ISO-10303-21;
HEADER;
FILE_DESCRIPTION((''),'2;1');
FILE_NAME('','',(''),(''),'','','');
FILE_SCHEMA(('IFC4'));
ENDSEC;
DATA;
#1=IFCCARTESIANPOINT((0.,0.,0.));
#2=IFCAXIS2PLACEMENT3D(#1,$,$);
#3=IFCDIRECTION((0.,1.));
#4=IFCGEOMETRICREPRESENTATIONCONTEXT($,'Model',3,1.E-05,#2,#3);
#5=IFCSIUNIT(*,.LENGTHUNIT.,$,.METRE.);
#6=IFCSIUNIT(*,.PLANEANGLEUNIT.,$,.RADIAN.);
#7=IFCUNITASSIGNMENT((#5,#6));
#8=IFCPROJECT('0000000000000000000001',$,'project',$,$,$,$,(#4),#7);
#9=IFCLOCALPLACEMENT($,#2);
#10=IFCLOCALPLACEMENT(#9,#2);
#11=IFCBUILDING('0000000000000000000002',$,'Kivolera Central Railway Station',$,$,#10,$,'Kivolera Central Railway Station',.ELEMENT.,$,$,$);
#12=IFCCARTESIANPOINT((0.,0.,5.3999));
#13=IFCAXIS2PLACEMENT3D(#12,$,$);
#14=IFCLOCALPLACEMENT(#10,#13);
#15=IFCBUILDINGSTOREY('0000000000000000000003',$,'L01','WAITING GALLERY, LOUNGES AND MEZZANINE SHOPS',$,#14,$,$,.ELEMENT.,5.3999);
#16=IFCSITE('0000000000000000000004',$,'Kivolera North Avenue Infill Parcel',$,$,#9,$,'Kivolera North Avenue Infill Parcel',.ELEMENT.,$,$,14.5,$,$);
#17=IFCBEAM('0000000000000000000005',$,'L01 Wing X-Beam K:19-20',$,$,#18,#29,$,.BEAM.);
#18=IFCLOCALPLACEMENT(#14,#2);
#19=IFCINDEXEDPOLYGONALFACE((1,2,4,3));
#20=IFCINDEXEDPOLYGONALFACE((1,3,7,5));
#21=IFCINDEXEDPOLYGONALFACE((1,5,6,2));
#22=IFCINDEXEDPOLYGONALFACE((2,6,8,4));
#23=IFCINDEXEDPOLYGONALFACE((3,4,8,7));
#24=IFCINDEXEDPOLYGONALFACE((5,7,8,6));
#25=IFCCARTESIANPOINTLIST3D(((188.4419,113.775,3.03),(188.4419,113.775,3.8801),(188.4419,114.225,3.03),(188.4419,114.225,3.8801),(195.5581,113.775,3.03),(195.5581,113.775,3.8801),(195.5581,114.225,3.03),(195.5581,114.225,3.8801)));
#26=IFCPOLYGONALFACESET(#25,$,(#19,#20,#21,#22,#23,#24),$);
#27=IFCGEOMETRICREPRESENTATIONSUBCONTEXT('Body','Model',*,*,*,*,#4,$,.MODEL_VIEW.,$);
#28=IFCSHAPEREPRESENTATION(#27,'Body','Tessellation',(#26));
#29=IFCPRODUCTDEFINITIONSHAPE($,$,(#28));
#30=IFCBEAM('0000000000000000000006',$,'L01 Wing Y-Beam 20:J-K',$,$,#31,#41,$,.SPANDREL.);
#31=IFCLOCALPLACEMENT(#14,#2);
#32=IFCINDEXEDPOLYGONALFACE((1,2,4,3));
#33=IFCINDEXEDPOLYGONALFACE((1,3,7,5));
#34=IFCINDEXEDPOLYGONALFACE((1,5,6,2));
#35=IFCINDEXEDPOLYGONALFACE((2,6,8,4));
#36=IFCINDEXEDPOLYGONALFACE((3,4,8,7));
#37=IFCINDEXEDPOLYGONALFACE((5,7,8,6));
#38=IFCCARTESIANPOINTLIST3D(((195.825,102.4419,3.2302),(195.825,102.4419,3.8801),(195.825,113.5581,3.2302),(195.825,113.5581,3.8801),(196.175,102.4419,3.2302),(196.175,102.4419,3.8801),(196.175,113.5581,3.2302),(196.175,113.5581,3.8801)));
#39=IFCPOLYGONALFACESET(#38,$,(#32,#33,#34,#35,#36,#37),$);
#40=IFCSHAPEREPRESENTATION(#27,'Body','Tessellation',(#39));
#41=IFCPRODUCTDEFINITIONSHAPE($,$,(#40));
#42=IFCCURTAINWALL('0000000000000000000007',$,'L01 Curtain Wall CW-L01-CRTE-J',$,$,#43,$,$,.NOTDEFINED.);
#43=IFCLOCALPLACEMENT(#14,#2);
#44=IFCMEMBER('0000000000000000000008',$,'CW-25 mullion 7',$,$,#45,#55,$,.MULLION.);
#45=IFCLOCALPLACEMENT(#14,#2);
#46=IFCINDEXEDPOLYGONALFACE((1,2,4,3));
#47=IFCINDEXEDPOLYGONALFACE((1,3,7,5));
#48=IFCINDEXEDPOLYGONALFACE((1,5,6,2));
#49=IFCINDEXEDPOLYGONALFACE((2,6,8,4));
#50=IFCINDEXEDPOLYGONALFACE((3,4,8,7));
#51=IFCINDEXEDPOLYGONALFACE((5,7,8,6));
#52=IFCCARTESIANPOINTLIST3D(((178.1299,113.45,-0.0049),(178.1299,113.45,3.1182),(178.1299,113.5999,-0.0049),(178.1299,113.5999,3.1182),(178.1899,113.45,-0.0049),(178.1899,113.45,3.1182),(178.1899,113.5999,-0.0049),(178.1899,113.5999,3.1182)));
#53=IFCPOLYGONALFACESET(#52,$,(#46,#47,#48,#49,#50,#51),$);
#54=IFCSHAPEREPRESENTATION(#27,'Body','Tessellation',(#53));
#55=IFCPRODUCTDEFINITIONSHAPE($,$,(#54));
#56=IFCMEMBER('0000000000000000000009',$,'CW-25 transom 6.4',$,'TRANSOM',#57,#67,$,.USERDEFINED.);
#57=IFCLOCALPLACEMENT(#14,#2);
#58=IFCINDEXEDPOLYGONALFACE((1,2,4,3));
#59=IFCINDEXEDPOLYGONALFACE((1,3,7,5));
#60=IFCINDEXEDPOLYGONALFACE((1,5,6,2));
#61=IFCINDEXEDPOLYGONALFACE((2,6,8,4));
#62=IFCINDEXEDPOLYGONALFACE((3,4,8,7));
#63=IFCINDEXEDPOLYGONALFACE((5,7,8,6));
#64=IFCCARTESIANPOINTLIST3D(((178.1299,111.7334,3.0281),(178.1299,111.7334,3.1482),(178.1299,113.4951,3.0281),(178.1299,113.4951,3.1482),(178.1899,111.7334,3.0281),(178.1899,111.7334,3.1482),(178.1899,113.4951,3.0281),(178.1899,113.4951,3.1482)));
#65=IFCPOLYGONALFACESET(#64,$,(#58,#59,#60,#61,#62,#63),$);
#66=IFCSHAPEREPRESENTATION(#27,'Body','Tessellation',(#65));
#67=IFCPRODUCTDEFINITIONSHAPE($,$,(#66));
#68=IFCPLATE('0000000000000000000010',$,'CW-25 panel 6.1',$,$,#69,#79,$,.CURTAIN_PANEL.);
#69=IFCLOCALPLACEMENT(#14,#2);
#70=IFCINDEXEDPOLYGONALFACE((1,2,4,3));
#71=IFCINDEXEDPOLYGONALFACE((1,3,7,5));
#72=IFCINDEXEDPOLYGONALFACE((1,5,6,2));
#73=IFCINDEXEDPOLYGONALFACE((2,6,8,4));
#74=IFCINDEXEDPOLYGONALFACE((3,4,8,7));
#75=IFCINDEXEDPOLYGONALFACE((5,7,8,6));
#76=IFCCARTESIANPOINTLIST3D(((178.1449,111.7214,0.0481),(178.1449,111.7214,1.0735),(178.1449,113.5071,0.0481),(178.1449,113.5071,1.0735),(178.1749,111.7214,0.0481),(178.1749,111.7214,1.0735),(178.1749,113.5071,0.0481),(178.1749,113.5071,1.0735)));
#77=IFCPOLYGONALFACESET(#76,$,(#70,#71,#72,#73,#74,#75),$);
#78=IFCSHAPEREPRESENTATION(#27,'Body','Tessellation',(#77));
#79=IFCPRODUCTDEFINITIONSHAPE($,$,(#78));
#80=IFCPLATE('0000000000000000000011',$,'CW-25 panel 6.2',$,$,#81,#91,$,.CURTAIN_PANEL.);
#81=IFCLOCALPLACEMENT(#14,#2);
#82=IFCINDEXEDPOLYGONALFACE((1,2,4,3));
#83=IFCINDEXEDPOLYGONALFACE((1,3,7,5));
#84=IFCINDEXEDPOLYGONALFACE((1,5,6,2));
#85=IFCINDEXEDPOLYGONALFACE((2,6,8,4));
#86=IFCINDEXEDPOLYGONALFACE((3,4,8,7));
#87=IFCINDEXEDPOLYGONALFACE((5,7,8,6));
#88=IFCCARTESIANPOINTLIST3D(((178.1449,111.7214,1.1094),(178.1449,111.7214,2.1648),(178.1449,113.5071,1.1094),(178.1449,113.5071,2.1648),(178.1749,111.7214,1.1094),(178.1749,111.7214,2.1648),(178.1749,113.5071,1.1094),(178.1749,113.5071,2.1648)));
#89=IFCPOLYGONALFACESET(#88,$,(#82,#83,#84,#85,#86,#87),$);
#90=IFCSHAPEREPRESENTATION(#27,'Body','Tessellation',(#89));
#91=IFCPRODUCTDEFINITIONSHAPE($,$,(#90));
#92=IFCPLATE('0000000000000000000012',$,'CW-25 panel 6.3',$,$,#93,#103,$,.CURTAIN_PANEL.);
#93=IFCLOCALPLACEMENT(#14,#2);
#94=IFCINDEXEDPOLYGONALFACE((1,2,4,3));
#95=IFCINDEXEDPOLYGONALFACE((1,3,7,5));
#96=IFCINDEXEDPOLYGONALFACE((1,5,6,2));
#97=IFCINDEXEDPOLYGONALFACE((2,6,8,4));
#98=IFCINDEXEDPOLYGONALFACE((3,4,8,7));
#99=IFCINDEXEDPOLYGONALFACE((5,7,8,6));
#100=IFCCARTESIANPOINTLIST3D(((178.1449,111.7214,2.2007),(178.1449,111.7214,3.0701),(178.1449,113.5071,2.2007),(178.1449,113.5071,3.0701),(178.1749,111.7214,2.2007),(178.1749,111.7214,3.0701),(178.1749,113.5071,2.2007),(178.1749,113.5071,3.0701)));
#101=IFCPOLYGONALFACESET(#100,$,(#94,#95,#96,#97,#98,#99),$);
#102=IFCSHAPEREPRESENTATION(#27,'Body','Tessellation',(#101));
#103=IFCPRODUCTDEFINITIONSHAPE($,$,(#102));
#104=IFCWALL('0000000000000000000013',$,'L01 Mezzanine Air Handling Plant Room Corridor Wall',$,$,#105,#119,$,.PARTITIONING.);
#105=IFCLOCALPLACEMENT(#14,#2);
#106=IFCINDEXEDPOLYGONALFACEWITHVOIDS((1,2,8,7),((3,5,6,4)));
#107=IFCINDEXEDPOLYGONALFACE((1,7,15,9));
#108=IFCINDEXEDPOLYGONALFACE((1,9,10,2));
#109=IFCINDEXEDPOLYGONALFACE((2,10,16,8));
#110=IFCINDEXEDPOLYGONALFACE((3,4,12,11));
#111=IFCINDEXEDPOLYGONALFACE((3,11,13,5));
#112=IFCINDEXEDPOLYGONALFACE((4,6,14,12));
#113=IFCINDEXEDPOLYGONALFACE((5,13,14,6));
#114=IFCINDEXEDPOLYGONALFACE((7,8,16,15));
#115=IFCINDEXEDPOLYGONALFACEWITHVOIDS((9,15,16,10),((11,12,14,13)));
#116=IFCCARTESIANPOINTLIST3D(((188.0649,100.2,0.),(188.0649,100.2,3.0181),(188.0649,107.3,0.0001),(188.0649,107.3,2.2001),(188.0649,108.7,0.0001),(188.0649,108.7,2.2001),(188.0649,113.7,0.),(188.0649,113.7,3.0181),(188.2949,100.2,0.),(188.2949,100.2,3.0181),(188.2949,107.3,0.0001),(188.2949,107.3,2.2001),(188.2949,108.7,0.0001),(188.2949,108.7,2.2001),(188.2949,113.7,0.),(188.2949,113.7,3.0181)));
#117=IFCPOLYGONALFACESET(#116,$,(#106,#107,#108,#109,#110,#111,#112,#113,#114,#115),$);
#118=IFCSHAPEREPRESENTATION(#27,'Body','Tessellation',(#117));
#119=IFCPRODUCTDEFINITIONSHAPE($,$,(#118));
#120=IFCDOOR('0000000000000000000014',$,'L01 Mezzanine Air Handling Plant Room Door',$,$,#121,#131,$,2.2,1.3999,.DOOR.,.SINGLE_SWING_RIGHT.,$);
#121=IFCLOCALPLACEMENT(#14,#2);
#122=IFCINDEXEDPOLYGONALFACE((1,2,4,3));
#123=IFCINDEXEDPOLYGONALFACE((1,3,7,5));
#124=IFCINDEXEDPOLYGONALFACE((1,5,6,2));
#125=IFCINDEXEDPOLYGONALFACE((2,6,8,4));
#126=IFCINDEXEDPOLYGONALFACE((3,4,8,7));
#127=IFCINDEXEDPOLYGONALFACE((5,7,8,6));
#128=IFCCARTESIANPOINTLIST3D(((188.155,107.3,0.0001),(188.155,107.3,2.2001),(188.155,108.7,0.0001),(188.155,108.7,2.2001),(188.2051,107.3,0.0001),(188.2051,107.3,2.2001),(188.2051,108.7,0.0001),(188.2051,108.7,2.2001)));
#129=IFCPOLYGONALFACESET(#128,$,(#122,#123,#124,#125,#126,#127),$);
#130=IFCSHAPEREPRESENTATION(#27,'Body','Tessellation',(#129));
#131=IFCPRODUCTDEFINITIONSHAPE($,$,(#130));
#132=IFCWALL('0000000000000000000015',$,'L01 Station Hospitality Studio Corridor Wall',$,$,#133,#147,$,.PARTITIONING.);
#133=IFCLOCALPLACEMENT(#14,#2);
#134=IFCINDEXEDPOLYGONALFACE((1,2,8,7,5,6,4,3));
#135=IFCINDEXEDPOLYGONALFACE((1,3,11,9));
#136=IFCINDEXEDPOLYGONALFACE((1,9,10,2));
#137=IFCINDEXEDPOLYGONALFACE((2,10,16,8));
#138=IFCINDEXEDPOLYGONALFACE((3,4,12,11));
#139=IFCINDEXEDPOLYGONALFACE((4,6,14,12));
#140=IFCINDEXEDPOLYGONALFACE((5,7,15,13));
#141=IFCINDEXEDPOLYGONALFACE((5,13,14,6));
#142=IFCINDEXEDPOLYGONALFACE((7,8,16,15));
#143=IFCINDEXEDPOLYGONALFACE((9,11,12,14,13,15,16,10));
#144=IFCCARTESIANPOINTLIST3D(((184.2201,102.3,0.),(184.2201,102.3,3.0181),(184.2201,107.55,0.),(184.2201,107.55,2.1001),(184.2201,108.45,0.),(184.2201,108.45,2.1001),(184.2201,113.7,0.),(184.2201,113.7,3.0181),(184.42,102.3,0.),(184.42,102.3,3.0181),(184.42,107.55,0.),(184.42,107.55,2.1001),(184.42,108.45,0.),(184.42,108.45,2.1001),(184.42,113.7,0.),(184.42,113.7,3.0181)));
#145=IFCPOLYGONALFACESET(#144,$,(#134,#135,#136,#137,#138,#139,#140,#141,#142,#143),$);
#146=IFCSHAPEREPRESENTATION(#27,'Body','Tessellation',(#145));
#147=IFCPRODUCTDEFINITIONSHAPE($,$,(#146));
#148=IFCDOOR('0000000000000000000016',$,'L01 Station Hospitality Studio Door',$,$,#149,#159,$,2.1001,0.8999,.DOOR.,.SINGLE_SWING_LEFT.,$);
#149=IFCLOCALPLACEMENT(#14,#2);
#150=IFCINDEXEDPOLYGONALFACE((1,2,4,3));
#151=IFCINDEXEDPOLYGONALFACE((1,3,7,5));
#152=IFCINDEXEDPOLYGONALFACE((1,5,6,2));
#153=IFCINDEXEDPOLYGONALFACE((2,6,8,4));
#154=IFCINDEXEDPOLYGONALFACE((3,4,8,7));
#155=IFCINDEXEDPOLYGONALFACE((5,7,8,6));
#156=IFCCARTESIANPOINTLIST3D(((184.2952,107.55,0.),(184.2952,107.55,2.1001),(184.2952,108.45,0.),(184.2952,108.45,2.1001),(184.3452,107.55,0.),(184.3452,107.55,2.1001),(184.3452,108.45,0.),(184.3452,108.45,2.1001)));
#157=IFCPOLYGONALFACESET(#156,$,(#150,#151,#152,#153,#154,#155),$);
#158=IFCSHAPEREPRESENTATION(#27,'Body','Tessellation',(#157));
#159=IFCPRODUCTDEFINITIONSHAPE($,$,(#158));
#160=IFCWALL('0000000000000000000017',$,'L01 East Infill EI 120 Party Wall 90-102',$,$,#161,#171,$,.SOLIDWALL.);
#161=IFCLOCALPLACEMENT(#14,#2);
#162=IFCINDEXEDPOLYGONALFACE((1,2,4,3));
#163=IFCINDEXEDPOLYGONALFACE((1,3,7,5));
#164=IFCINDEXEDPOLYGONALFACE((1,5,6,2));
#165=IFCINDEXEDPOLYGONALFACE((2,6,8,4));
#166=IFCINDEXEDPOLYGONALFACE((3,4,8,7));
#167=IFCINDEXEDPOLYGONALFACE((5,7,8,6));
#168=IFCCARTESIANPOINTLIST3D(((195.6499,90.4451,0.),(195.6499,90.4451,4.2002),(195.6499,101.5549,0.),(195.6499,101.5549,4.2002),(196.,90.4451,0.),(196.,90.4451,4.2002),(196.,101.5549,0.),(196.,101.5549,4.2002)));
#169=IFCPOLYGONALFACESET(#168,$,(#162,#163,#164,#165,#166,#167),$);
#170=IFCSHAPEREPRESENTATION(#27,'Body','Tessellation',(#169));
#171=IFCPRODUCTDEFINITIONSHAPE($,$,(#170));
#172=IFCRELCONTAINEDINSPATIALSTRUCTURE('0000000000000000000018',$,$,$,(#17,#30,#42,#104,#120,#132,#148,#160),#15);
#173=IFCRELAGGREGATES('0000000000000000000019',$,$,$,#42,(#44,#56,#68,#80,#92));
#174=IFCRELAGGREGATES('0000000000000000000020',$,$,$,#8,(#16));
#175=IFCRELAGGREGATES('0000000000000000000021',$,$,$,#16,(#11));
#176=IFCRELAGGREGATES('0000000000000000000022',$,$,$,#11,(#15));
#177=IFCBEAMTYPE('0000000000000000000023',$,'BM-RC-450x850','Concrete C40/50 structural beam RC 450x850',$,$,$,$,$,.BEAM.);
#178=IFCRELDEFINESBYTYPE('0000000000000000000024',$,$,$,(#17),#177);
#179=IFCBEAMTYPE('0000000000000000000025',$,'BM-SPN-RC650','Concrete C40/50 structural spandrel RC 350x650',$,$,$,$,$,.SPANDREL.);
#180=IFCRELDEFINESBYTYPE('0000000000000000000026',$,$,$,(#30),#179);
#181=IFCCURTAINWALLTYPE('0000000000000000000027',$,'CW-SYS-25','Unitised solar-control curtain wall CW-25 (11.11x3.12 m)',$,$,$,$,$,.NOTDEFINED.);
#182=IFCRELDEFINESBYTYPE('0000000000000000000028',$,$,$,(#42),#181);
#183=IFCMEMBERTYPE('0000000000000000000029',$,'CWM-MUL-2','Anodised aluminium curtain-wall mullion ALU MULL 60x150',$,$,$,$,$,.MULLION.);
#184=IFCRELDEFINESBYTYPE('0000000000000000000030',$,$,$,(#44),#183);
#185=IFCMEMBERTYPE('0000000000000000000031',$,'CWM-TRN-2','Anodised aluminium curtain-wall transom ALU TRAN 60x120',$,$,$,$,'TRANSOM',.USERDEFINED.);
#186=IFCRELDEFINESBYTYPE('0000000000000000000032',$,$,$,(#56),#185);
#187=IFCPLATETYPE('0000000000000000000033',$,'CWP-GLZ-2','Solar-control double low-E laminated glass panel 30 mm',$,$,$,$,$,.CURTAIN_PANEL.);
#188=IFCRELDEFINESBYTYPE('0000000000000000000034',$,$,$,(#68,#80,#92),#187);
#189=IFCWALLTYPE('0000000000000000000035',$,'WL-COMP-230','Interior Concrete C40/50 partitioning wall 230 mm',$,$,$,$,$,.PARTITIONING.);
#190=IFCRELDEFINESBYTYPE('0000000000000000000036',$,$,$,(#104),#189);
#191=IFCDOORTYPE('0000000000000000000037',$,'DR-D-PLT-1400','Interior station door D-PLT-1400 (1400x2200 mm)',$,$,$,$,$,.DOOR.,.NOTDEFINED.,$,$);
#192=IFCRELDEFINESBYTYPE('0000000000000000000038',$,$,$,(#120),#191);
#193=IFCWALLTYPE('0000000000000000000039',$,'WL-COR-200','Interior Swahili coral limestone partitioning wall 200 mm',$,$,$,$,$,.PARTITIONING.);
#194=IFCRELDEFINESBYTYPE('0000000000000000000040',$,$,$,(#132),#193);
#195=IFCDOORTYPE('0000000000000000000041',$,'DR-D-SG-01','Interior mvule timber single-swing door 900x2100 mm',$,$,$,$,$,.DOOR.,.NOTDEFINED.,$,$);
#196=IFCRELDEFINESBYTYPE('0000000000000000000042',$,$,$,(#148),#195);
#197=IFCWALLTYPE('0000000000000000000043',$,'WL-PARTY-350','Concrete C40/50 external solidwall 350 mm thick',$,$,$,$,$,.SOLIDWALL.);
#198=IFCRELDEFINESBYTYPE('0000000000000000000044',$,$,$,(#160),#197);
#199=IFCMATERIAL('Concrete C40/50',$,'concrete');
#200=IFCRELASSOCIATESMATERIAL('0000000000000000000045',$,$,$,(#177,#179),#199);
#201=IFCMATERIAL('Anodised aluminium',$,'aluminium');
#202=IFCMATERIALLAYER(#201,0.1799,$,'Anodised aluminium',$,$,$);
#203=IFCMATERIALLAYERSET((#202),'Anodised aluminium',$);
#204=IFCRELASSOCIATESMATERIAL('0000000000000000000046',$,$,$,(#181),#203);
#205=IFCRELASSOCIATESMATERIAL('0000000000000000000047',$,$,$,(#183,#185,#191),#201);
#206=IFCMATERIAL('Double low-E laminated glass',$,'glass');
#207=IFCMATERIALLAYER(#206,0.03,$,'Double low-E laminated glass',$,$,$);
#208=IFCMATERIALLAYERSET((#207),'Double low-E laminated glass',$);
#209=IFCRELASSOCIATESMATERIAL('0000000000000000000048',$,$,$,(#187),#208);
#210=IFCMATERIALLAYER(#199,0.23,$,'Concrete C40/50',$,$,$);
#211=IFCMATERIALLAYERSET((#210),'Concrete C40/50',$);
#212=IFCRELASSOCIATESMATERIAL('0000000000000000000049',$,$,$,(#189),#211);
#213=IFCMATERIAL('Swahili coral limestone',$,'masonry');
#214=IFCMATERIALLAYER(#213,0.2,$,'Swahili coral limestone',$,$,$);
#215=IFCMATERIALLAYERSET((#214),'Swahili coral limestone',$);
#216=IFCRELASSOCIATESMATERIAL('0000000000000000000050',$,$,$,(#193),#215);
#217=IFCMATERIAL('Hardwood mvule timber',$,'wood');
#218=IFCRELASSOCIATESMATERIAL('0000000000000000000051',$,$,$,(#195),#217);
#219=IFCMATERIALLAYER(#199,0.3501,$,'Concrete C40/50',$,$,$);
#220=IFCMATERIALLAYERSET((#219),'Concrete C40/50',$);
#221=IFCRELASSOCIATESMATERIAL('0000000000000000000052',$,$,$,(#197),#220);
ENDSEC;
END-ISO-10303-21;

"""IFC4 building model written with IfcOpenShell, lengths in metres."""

from ifc_helpers import new_model, si_unit, direction, frame, frame_2d, origin, origin_2d, place, context, subcontext, project, spatial, rectangle, extrude, material, layer, layer_set, material_profile, profile_set, type_object, element, fill, aggregate, save


model = new_model("IFC4")

# Units and contexts
model_context = context("Model", 3, precision=1e-05, world=origin(), true_north=direction((0.0, 1.0)))
body_context = subcontext(model_context, "Body", "Model", "MODEL_VIEW")
ifc_project = project(units=[si_unit("LENGTHUNIT", "METRE"), si_unit("PLANEANGLEUNIT", "RADIAN")], contexts=[model_context])

# Site, building, storey
site_placement = place(None, origin())
site = spatial("IfcSite", under=ifc_project, at=site_placement, Name="Kivolera North Avenue Infill Parcel", LongName="Kivolera North Avenue Infill Parcel", CompositionType="ELEMENT", RefElevation=14.5)
building_placement = place(site_placement, origin())
building = spatial("IfcBuilding", under=site, at=building_placement, Name="Kivolera Central Railway Station", LongName="Kivolera Central Railway Station", CompositionType="ELEMENT")
storey_placement = place(building_placement, frame((0.0, 0.0, 5.3999)))
storey = spatial("IfcBuildingStorey", under=building, at=storey_placement, Name="L01", Description="WAITING GALLERY, LOUNGES AND MEZZANINE SHOPS", CompositionType="ELEMENT", Elevation=5.3999)

# Shared definitions
ifc_material_1 = material(Name="Concrete C40/50", Category="concrete")

# Beams
ifc_material_profile_1 = material_profile(ifc_material_1, rectangle(XDim=0.45, YDim=0.8501, at=origin_2d()), Name="RC 450x850")
ifc_profile_set_1 = profile_set([ifc_material_profile_1], Name="Concrete C40/50")
beam_type_1 = type_object("IfcBeamType", Name="BM-RC-450x850", Description="Concrete C40/50 structural beam RC 450x850", PredefinedType="BEAM", material=ifc_profile_set_1)
beam_1_placement = place(storey_placement, frame((188.4419, 114.0, 3.4551), z_axis=(1.0, 0.0, 0.0), x_axis=(0.0, 1.0, 0.0)))
element("IfcBeam", 1, at=beam_1_placement, inside=storey, type_object=beam_type_1, Name="L01 Wing X-Beam K:19-20", PredefinedType="BEAM", context=body_context, shape_type="SweptSolid", body=[
    extrude(rectangle(XDim=0.45, YDim=0.8501, at=origin_2d()), origin(), (0.0, 0.0, 1.0), 7.1162),
])
ifc_material_profile_2 = material_profile(ifc_material_1, rectangle(XDim=0.3501, YDim=0.6499, at=origin_2d()), Name="RC 350x650")
ifc_profile_set_2 = profile_set([ifc_material_profile_2], Name="Concrete C40/50")
beam_type_2 = type_object("IfcBeamType", Name="BM-SPN-RC650", Description="Concrete C40/50 structural spandrel RC 350x650", PredefinedType="SPANDREL", material=ifc_profile_set_2)
beam_2_placement = place(storey_placement, frame((196.0, 102.4419, 3.5552), z_axis=(0.0, 1.0, 0.0), x_axis=(-1.0, 0.0, 0.0)))
element("IfcBeam", 2, at=beam_2_placement, inside=storey, type_object=beam_type_2, Name="L01 Wing Y-Beam 20:J-K", PredefinedType="SPANDREL", context=body_context, shape_type="SweptSolid", body=[
    extrude(rectangle(XDim=0.3501, YDim=0.6499, at=origin_2d()), origin(), (0.0, 0.0, 1.0), 11.1162),
])

# Curtain wall, members, plates
ifc_material_2 = material(Name="Anodised aluminium", Category="aluminium")
ifc_layer_1 = layer(ifc_material_2, 0.1799, Name="Anodised aluminium")
ifc_layer_set_1 = layer_set([ifc_layer_1], Name="Anodised aluminium")
curtain_wall_type = type_object("IfcCurtainWallType", Name="CW-SYS-25", Description="Unitised solar-control curtain wall CW-25 (11.11x3.12 m)", PredefinedType="NOTDEFINED", material=ifc_layer_set_1)
curtain_wall_placement = place(storey_placement, origin())
curtain_wall = element("IfcCurtainWall", 3, at=curtain_wall_placement, inside=storey, type_object=curtain_wall_type, Name="L01 Curtain Wall CW-L01-CRTE-J", PredefinedType="NOTDEFINED")
ifc_material_profile_3 = material_profile(ifc_material_2, rectangle(XDim=0.0601, YDim=0.1499, at=origin_2d()), Name="ALU MULL 60x150")
ifc_profile_set_3 = profile_set([ifc_material_profile_3], Name="Anodised aluminium")
member_type_1 = type_object("IfcMemberType", Name="CWM-MUL-2", Description="Anodised aluminium curtain-wall mullion ALU MULL 60x150", PredefinedType="MULLION", material=ifc_profile_set_3)
member_1_placement = place(storey_placement, frame((178.1599, 113.5249, -0.0049), z_axis=(0.0, 0.0, 1.0), x_axis=(-1.0, 0.0, 0.0)))
member_1 = element("IfcMember", 4, at=member_1_placement, type_object=member_type_1, Name="CW-25 mullion 7", PredefinedType="MULLION", context=body_context, shape_type="SweptSolid", body=[
    extrude(rectangle(XDim=0.0601, YDim=0.1499, at=origin_2d()), origin(), (0.0, 0.0, 1.0), 3.123),
])
ifc_material_profile_4 = material_profile(ifc_material_2, rectangle(XDim=0.0601, YDim=0.1201, at=origin_2d()), Name="ALU TRAN 60x120")
ifc_profile_set_4 = profile_set([ifc_material_profile_4], Name="Anodised aluminium")
member_type_2 = type_object("IfcMemberType", Name="CWM-TRN-2", Description="Anodised aluminium curtain-wall transom ALU TRAN 60x120", ElementType="TRANSOM", PredefinedType="USERDEFINED", material=ifc_profile_set_4)
member_2_placement = place(storey_placement, frame((178.1599, 111.7334, 3.0881), z_axis=(0.0, 1.0, 0.0), x_axis=(-1.0, 0.0, 0.0)))
member_2 = element("IfcMember", 5, at=member_2_placement, type_object=member_type_2, Name="CW-25 transom 6.4", ObjectType="TRANSOM", PredefinedType="USERDEFINED", context=body_context, shape_type="SweptSolid", body=[
    extrude(rectangle(XDim=0.0601, YDim=0.1201, at=origin_2d()), origin(), (0.0, 0.0, 1.0), 1.7617),
])
ifc_material_3 = material(Name="Double low-E laminated glass", Category="glass")
ifc_layer_2 = layer(ifc_material_3, 0.03, Name="Double low-E laminated glass")
ifc_layer_set_2 = layer_set([ifc_layer_2], Name="Double low-E laminated glass")
plate_type = type_object("IfcPlateType", Name="CWP-GLZ-2", Description="Solar-control double low-E laminated glass panel 30 mm", PredefinedType="CURTAIN_PANEL", material=ifc_layer_set_2)
plate_1_placement = place(storey_placement, frame((178.1599, 112.6143, 0.0481), z_axis=(0.0, 0.0, 1.0), x_axis=(0.0, 1.0, 0.0)))
plate_1 = element("IfcPlate", 6, at=plate_1_placement, type_object=plate_type, Name="CW-25 panel 6.1", PredefinedType="CURTAIN_PANEL", context=body_context, shape_type="SweptSolid", body=[
    extrude(rectangle(XDim=1.7856, YDim=0.03, at=origin_2d()), origin(), (0.0, 0.0, 1.0), 1.0254),
])
plate_2_placement = place(storey_placement, frame((178.1599, 112.6143, 1.1094), z_axis=(0.0, 0.0, 1.0), x_axis=(0.0, 1.0, 0.0)))
plate_2 = element("IfcPlate", 7, at=plate_2_placement, type_object=plate_type, Name="CW-25 panel 6.2", PredefinedType="CURTAIN_PANEL", context=body_context, shape_type="SweptSolid", body=[
    extrude(rectangle(XDim=1.7856, YDim=0.03, at=origin_2d()), origin(), (0.0, 0.0, 1.0), 1.0554),
])
plate_3_placement = place(storey_placement, frame((178.1599, 112.6143, 2.2007), z_axis=(0.0, 0.0, 1.0), x_axis=(0.0, 1.0, 0.0)))
plate_3 = element("IfcPlate", 8, at=plate_3_placement, type_object=plate_type, Name="CW-25 panel 6.3", PredefinedType="CURTAIN_PANEL", context=body_context, shape_type="SweptSolid", body=[
    extrude(rectangle(XDim=1.7856, YDim=0.03, at=origin_2d()), origin(), (0.0, 0.0, 1.0), 0.8694),
])
aggregate(curtain_wall, [member_1, member_2, plate_1, plate_2, plate_3])

# Walls, openings, doors
ifc_layer_3 = layer(ifc_material_1, 0.23, Name="Concrete C40/50")
ifc_layer_set_3 = layer_set([ifc_layer_3], Name="Concrete C40/50")
wall_type_1 = type_object("IfcWallType", Name="WL-COMP-230", Description="Interior Concrete C40/50 partitioning wall 230 mm", PredefinedType="PARTITIONING", material=ifc_layer_set_3)
wall_1_placement = place(storey_placement, frame((188.1799, 100.2, 0.0), z_axis=(0.0, 0.0, 1.0), x_axis=(0.0, 1.0, 0.0)))
wall_1 = element("IfcWall", 9, at=wall_1_placement, inside=storey, type_object=wall_type_1, Name="L01 Mezzanine Air Handling Plant Room Corridor Wall", PredefinedType="PARTITIONING", context=body_context, shape_type="SweptSolid", body=[
    extrude(rectangle(XDim=13.5, YDim=0.23, at=frame_2d((6.75, 0.0))), origin(), (0.0, 0.0, 1.0), 3.0181),
])
opening_1_placement = place(wall_1_placement, frame((7.1001, 0.0, 0.0)))
opening_1 = element("IfcOpeningElement", 10, at=opening_1_placement, cuts=wall_1, PredefinedType="OPENING", context=body_context, shape_type="SweptSolid", body=[
    extrude(rectangle(XDim=1.3999, YDim=2.2, at=frame_2d((0.7, 1.1001))), frame((0.0, 0.125, 0.0), z_axis=(0.0, -1.0, 0.0), x_axis=(1.0, 0.0, 0.0)), (0.0, 0.0, 1.0), 0.25),
])
door_type_1 = type_object("IfcDoorType", Name="DR-D-PLT-1400", Description="Interior station door D-PLT-1400 (1400x2200 mm)", OperationType="NOTDEFINED", PredefinedType="DOOR", material=ifc_material_2)
door_1_placement = place(opening_1_placement, origin())
door_1 = element("IfcDoor", 11, at=door_1_placement, inside=storey, type_object=door_type_1, Name="L01 Mezzanine Air Handling Plant Room Door", OperationType="SINGLE_SWING_RIGHT", OverallHeight=2.2, OverallWidth=1.3999, PredefinedType="DOOR", context=body_context, shape_type="SweptSolid", body=[
    extrude(rectangle(XDim=1.3999, YDim=2.2, at=frame_2d((0.7, 1.1001))), frame((0.0, 0.0249, 0.0), z_axis=(0.0, -1.0, 0.0), x_axis=(1.0, 0.0, 0.0)), (0.0, 0.0, 1.0), 0.05),
])
fill(opening_1, door_1)
ifc_material_4 = material(Name="Swahili coral limestone", Category="masonry")
ifc_layer_4 = layer(ifc_material_4, 0.2, Name="Swahili coral limestone")
ifc_layer_set_4 = layer_set([ifc_layer_4], Name="Swahili coral limestone")
wall_type_2 = type_object("IfcWallType", Name="WL-COR-200", Description="Interior Swahili coral limestone partitioning wall 200 mm", PredefinedType="PARTITIONING", material=ifc_layer_set_4)
wall_2_placement = place(storey_placement, frame((184.3201, 102.3, 0.0), z_axis=(0.0, 0.0, 1.0), x_axis=(0.0, 1.0, 0.0)))
wall_2 = element("IfcWall", 12, at=wall_2_placement, inside=storey, type_object=wall_type_2, Name="L01 Station Hospitality Studio Corridor Wall", PredefinedType="PARTITIONING", context=body_context, shape_type="SweptSolid", body=[
    extrude(rectangle(XDim=11.3999, YDim=0.2, at=frame_2d((5.7, 0.0))), origin(), (0.0, 0.0, 1.0), 3.0181),
])
opening_2_placement = place(wall_2_placement, frame((5.25, 0.0, 0.0)))
opening_2 = element("IfcOpeningElement", 13, at=opening_2_placement, cuts=wall_2, PredefinedType="OPENING", context=body_context, shape_type="SweptSolid", body=[
    extrude(rectangle(XDim=0.8999, YDim=2.1001, at=frame_2d((0.45, 1.05))), frame((0.0, 0.1099, 0.0), z_axis=(0.0, -1.0, 0.0), x_axis=(1.0, 0.0, 0.0)), (0.0, 0.0, 1.0), 0.22),
])
ifc_material_5 = material(Name="Hardwood mvule timber", Category="wood")
door_type_2 = type_object("IfcDoorType", Name="DR-D-SG-01", Description="Interior mvule timber single-swing door 900x2100 mm", OperationType="NOTDEFINED", PredefinedType="DOOR", material=ifc_material_5)
door_2_placement = place(opening_2_placement, origin())
door_2 = element("IfcDoor", 14, at=door_2_placement, inside=storey, type_object=door_type_2, Name="L01 Station Hospitality Studio Door", OperationType="SINGLE_SWING_LEFT", OverallHeight=2.1001, OverallWidth=0.8999, PredefinedType="DOOR", context=body_context, shape_type="SweptSolid", body=[
    extrude(rectangle(XDim=0.8999, YDim=2.1001, at=frame_2d((0.45, 1.05))), frame((0.0, 0.0249, 0.0), z_axis=(0.0, -1.0, 0.0), x_axis=(1.0, 0.0, 0.0)), (0.0, 0.0, 1.0), 0.05),
])
fill(opening_2, door_2)

# Wall
ifc_layer_5 = layer(ifc_material_1, 0.3501, Name="Concrete C40/50")
ifc_layer_set_5 = layer_set([ifc_layer_5], Name="Concrete C40/50")
wall_type_3 = type_object("IfcWallType", Name="WL-PARTY-350", Description="Concrete C40/50 external solidwall 350 mm thick", PredefinedType="SOLIDWALL", material=ifc_layer_set_5)
for number, where, z_axis, x_axis, name in (
    (15, (195.825, 101.5549, 0.0), (0.0, 0.0, 1.0), (0.0, -1.0, 0.0), "L01 East Infill EI 120 Party Wall 90-102"),
):
    element("IfcWall", number, at=place(storey_placement, frame(where, z_axis=z_axis, x_axis=x_axis)), inside=storey, type_object=wall_type_3, Name=name, PredefinedType="SOLIDWALL", context=body_context, shape_type="SweptSolid", body=[
        extrude(rectangle(XDim=11.1099, YDim=0.3501, at=frame_2d((5.5549, 0.0))), origin(), (0.0, 0.0, 1.0), 4.2002),
    ])

save(model, "model.ifc")
